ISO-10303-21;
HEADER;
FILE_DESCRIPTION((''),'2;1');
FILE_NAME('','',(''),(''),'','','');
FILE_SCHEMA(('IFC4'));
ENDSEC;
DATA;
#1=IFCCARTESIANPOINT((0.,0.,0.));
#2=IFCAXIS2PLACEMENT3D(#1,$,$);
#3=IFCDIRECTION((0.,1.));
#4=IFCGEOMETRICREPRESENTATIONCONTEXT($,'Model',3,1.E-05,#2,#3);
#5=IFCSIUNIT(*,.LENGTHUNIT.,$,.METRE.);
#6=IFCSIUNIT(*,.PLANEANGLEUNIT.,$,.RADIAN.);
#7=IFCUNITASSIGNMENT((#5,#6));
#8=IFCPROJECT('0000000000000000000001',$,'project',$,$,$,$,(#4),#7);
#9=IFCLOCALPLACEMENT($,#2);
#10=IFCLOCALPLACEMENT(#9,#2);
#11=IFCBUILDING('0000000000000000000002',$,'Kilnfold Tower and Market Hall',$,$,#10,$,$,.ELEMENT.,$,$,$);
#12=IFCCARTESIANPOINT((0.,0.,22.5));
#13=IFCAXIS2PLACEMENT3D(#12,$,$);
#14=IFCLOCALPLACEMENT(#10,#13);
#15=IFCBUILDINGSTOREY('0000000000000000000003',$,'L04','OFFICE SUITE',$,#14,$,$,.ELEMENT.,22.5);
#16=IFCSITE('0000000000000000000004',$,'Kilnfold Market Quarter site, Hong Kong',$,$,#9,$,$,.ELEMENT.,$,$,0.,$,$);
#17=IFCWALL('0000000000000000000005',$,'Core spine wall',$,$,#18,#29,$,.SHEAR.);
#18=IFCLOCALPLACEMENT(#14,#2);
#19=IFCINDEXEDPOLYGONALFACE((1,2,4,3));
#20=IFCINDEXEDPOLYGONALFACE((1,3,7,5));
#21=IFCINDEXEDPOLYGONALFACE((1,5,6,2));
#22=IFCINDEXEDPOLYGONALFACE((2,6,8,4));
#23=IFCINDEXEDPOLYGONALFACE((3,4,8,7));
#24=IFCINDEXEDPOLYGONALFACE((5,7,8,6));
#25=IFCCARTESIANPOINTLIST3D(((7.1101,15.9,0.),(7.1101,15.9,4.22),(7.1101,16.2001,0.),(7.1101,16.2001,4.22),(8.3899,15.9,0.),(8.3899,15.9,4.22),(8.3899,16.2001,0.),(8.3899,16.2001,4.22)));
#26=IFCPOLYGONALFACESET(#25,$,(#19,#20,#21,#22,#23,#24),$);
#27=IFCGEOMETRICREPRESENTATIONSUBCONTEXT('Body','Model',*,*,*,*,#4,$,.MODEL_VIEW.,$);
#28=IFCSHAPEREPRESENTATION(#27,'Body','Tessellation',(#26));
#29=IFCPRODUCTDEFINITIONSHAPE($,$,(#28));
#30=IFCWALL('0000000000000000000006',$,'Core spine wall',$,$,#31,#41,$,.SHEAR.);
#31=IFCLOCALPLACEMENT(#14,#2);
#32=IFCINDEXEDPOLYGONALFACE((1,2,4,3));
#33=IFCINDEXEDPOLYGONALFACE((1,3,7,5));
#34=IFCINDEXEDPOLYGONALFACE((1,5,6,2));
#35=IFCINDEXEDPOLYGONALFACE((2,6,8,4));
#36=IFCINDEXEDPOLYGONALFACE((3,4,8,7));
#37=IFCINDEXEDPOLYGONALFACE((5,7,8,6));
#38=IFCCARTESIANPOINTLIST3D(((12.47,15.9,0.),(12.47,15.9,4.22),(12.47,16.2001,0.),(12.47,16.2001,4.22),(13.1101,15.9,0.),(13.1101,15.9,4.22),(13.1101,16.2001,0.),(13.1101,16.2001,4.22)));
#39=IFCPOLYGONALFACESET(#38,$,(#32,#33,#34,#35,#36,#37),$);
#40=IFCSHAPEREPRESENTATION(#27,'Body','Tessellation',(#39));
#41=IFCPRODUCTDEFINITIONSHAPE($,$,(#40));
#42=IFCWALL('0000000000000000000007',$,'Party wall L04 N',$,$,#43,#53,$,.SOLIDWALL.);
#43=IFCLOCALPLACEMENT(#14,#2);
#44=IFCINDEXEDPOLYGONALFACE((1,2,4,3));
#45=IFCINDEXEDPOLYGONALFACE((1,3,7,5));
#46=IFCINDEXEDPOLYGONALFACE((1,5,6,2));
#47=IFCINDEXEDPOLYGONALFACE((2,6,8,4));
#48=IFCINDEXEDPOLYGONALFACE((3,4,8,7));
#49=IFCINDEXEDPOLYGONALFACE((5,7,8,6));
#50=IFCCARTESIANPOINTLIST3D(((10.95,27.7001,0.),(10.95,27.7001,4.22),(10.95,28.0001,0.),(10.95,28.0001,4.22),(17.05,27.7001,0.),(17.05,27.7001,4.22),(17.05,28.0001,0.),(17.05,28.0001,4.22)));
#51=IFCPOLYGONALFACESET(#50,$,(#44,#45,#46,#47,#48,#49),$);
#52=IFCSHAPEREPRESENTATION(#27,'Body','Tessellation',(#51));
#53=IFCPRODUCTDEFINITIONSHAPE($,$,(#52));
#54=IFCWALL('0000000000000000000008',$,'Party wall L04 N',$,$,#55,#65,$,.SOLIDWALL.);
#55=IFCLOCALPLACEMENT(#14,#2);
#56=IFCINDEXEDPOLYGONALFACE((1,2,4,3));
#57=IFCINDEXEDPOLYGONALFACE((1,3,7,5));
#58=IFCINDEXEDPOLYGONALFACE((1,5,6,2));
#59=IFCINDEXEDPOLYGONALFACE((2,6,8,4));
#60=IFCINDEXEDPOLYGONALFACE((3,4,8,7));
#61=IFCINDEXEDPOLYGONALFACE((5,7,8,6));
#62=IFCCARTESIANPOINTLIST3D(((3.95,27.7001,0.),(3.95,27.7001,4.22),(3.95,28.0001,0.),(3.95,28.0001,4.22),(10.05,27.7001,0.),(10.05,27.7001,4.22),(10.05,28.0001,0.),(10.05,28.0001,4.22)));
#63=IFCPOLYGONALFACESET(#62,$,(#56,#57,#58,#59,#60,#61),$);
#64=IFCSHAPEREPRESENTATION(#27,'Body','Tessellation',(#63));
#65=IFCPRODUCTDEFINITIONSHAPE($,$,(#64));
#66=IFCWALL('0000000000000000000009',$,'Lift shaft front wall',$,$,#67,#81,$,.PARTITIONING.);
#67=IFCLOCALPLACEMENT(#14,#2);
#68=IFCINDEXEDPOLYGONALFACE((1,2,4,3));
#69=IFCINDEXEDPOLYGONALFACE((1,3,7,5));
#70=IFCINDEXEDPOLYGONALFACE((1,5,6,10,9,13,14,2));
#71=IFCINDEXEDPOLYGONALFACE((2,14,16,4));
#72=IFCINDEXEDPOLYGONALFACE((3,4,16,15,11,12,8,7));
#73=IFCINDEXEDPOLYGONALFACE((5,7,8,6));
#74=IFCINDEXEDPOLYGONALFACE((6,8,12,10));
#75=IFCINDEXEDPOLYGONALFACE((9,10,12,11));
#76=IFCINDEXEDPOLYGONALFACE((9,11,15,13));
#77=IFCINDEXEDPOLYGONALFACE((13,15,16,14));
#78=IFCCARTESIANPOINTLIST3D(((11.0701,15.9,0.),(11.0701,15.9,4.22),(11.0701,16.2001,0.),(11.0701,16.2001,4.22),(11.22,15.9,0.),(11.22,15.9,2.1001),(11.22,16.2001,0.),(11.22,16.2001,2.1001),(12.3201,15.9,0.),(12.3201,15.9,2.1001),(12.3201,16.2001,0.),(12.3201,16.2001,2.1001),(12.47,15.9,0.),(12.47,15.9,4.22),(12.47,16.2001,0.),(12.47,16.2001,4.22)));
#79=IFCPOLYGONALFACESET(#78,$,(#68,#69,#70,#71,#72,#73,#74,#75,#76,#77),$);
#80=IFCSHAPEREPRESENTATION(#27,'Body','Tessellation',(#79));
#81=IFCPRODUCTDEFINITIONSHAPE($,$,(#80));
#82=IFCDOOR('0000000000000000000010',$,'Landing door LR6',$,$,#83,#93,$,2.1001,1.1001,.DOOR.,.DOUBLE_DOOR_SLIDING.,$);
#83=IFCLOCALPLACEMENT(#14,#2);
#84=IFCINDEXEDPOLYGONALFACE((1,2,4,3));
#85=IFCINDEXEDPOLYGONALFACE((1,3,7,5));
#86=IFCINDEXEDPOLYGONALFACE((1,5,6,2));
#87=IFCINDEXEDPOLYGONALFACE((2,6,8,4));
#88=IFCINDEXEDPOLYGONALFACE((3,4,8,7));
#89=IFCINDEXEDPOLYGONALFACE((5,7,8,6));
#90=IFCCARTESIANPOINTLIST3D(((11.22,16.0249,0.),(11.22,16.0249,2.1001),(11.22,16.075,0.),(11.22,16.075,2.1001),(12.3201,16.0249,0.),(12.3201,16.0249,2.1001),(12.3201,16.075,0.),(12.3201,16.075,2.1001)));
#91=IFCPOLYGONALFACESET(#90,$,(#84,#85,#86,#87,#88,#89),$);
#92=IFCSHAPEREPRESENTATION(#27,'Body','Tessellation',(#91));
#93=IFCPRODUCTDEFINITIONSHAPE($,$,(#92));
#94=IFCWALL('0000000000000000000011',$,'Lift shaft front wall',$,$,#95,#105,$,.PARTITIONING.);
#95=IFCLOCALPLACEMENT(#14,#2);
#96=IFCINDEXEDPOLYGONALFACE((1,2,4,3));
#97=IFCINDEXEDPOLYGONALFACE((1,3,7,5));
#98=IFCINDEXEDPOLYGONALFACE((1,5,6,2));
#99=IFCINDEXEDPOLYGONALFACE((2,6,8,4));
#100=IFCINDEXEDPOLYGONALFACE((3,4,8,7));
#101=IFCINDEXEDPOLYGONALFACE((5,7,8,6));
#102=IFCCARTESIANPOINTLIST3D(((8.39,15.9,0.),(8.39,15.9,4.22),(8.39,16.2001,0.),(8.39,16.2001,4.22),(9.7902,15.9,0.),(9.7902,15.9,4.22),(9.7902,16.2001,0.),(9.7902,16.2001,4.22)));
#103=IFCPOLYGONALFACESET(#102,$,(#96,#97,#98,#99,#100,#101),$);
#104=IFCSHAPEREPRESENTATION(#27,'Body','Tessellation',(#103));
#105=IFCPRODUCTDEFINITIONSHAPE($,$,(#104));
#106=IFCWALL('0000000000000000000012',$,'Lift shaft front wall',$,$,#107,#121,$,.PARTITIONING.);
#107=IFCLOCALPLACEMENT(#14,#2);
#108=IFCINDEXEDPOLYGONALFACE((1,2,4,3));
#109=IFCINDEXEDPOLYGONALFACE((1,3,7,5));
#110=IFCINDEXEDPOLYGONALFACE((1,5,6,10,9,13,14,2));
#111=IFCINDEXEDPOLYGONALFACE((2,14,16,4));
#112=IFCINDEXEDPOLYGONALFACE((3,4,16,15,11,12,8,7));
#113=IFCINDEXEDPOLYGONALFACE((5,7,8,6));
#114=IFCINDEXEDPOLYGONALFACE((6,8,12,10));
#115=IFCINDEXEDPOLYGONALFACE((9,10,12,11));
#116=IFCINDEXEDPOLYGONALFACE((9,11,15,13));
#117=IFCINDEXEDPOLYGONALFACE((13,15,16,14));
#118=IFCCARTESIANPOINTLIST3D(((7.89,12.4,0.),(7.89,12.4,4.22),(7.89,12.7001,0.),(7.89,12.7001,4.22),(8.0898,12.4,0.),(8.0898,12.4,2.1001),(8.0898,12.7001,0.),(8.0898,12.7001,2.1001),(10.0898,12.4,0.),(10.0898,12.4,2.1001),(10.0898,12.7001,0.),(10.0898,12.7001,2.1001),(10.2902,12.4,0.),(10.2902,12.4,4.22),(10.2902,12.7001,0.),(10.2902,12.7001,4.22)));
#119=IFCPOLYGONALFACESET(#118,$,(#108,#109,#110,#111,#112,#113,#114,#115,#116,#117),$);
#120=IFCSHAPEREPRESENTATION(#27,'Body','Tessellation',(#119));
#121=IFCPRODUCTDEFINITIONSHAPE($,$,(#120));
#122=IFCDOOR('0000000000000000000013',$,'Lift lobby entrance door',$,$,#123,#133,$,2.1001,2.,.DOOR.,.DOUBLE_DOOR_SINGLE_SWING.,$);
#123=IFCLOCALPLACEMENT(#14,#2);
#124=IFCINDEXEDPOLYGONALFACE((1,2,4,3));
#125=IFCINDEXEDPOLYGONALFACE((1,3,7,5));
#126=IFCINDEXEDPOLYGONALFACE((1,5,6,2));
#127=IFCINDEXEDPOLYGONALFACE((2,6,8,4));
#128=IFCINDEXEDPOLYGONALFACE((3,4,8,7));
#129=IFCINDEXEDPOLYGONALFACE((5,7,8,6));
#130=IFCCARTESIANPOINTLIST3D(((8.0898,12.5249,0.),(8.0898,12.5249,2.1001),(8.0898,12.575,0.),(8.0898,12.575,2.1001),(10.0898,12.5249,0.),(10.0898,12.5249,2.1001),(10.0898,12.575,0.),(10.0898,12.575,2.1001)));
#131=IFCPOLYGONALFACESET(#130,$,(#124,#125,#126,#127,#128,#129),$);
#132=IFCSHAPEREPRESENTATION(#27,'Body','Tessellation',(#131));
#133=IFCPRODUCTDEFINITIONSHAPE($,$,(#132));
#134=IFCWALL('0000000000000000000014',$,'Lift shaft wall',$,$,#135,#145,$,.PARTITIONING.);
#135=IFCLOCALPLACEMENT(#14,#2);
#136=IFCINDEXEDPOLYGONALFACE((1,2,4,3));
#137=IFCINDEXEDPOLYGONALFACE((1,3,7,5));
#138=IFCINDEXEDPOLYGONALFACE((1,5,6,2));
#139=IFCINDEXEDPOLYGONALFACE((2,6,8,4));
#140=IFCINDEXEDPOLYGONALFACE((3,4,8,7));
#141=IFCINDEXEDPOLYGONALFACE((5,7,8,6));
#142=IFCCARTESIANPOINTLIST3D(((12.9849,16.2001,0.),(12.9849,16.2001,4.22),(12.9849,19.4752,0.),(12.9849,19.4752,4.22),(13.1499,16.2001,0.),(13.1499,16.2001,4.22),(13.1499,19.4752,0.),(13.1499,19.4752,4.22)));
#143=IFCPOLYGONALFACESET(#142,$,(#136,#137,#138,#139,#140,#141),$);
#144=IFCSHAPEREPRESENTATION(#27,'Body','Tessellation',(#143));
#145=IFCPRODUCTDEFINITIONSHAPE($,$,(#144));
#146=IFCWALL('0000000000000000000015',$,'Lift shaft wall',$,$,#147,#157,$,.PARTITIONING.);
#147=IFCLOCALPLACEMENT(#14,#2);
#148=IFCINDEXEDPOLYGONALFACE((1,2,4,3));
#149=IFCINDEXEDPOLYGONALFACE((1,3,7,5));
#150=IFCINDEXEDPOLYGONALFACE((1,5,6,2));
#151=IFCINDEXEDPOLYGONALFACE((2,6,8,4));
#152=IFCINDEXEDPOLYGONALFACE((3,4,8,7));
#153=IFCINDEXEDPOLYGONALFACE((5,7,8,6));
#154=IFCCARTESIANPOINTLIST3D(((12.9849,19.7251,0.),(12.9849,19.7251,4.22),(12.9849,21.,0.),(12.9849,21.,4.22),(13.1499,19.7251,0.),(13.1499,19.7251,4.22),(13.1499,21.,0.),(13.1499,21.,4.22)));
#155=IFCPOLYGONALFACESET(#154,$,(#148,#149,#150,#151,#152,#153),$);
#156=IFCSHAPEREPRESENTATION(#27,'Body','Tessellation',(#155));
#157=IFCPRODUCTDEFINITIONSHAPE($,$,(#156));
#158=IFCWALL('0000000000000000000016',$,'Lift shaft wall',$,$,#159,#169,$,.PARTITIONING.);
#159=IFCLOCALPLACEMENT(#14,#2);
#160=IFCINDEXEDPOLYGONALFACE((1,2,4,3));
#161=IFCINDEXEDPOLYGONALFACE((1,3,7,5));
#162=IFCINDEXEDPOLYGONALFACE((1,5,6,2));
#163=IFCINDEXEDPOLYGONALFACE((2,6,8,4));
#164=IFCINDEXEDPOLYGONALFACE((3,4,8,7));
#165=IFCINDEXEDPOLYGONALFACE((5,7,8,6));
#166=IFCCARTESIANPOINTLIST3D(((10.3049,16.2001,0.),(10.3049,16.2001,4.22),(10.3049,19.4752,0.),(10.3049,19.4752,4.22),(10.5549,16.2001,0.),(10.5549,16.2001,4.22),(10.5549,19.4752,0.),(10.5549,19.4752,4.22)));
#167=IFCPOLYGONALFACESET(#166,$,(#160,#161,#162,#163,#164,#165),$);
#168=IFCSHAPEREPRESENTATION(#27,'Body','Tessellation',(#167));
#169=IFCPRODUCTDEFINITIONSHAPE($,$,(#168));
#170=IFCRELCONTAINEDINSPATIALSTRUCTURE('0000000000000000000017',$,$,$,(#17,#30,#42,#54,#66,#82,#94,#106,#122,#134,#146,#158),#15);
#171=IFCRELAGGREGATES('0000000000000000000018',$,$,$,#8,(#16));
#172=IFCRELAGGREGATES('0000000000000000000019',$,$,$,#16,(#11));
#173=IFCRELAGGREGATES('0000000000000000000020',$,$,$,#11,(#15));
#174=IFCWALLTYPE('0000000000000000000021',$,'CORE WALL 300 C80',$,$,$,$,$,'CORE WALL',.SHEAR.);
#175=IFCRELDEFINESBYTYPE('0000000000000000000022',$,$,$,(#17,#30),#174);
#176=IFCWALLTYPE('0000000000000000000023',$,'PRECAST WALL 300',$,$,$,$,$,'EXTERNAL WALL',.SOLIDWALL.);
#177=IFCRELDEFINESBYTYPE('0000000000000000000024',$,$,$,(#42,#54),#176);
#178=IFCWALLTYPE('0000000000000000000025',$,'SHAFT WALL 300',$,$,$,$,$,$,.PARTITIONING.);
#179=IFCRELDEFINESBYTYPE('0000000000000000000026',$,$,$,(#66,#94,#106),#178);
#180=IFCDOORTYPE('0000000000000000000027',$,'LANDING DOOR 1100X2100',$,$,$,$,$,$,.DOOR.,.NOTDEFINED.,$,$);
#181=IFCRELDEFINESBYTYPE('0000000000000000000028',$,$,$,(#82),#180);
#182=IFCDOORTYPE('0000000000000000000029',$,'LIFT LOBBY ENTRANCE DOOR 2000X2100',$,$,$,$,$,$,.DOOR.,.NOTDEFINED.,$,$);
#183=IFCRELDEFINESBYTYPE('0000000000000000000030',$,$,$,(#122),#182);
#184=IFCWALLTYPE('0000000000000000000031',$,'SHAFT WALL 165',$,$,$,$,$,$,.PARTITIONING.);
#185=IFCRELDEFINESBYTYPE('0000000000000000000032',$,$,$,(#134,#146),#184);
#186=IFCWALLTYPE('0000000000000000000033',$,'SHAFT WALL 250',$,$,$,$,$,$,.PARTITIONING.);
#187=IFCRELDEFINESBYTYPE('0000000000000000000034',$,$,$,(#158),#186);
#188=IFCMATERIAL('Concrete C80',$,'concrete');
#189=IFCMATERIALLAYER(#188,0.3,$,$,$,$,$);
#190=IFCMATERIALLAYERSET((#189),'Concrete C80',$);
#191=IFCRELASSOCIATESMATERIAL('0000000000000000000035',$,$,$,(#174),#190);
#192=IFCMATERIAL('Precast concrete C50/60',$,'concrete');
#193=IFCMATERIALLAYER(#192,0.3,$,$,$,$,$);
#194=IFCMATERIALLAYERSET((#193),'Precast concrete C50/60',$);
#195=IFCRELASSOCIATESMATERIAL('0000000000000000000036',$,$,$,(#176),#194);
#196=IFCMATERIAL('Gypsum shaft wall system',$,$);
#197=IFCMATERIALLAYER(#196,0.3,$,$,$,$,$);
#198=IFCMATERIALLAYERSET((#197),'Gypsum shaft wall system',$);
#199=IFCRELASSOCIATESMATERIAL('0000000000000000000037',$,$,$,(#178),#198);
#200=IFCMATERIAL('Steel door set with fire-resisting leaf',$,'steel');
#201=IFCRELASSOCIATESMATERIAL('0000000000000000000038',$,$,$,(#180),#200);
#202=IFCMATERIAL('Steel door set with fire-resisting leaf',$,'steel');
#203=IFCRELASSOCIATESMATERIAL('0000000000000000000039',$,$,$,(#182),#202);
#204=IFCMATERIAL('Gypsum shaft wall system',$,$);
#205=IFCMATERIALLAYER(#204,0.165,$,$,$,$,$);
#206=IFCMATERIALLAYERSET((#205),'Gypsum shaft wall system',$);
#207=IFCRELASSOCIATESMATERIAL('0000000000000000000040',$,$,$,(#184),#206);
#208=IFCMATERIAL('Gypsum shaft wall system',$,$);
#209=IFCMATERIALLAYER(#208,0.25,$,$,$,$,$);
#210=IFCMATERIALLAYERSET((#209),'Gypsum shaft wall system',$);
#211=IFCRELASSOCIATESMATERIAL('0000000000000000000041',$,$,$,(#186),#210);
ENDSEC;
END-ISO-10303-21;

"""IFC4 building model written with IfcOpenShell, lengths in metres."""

from ifc_helpers import new_model, si_unit, direction, frame, frame_2d, origin, place, context, subcontext, project, spatial, rectangle, extrude, source, transform, mapped, material, layer, layer_set, type_object, element, fill, save


model = new_model("IFC4")

# Units and contexts
model_context = context("Model", 3, precision=1e-05, world=origin(), true_north=direction((0.0, 1.0)))
body_context = subcontext(model_context, "Body", "Model", "MODEL_VIEW")
ifc_project = project(units=[si_unit("LENGTHUNIT", "METRE"), si_unit("PLANEANGLEUNIT", "RADIAN")], contexts=[model_context])

# Site, building, storey
site_placement = place(None, origin())
site = spatial("IfcSite", under=ifc_project, at=site_placement, Name="Kilnfold Market Quarter site, Hong Kong", CompositionType="ELEMENT", RefElevation=0.0)
building_placement = place(site_placement, origin())
building = spatial("IfcBuilding", under=site, at=building_placement, Name="Kilnfold Tower and Market Hall", CompositionType="ELEMENT")
storey_placement = place(building_placement, frame((0.0, 0.0, 22.5)))
storey = spatial("IfcBuildingStorey", under=building, at=storey_placement, Name="L04", Description="OFFICE SUITE", CompositionType="ELEMENT", Elevation=22.5)

# Walls
ifc_material_1 = material(Name="Concrete C80", Category="concrete")
ifc_layer_1 = layer(ifc_material_1, 0.3)
ifc_layer_set_1 = layer_set([ifc_layer_1], Name="Concrete C80")
wall_type_1 = type_object("IfcWallType", Name="CORE WALL 300 C80", ElementType="CORE WALL", PredefinedType="SHEAR", material=ifc_layer_set_1)
shared_shape_1 = source(origin(), body_context, "Body", "SweptSolid", [
    extrude(rectangle(XDim=1.2798, YDim=0.3, at=frame_2d((0.6399, 0.0))), origin(), (0.0, 0.0, 1.0), 4.22),
])
wall_1_placement = place(storey_placement, frame((7.1101, 16.05, 0.0), z_axis=(0.0, 0.0, 1.0), x_axis=(1.0, 0.0, 0.0)))
element("IfcWall", 1, at=wall_1_placement, inside=storey, type_object=wall_type_1, Name="Core spine wall", PredefinedType="SHEAR", context=body_context, shape_type="MappedRepresentation", body=[
    mapped(shared_shape_1, transform((0.0, 0.0, 0.0))),
])
shared_shape_2 = source(origin(), body_context, "Body", "SweptSolid", [
    extrude(rectangle(XDim=0.6401, YDim=0.3, at=frame_2d((0.3201, 0.0))), origin(), (0.0, 0.0, 1.0), 4.22),
])
wall_2_placement = place(storey_placement, frame((12.47, 16.05, 0.0), z_axis=(0.0, 0.0, 1.0), x_axis=(1.0, 0.0, 0.0)))
element("IfcWall", 2, at=wall_2_placement, inside=storey, type_object=wall_type_1, Name="Core spine wall", PredefinedType="SHEAR", context=body_context, shape_type="MappedRepresentation", body=[
    mapped(shared_shape_2, transform((0.0, 0.0, 0.0))),
])
ifc_material_2 = material(Name="Precast concrete C50/60", Category="concrete")
ifc_layer_2 = layer(ifc_material_2, 0.3)
ifc_layer_set_2 = layer_set([ifc_layer_2], Name="Precast concrete C50/60")
wall_type_2 = type_object("IfcWallType", Name="PRECAST WALL 300", ElementType="EXTERNAL WALL", PredefinedType="SOLIDWALL", material=ifc_layer_set_2)
shared_shape_3 = source(origin(), body_context, "Body", "SweptSolid", [
    extrude(rectangle(XDim=6.1001, YDim=0.3, at=frame_2d((3.05, 0.0))), origin(), (0.0, 0.0, 1.0), 4.22),
])
for number, where, z_axis, x_axis, name in (
    (3, (17.05, 27.8501, 0.0), (0.0, 0.0, 1.0), (-1.0, 0.0, 0.0), "Party wall L04 N"),
    (4, (10.05, 27.8501, 0.0), (0.0, 0.0, 1.0), (-1.0, 0.0, 0.0), "Party wall L04 N"),
):
    element("IfcWall", number, at=place(storey_placement, frame(where, z_axis=z_axis, x_axis=x_axis)), inside=storey, type_object=wall_type_2, Name=name, PredefinedType="SOLIDWALL", context=body_context, shape_type="MappedRepresentation", body=[
        mapped(shared_shape_3, transform((0.0, 0.0, 0.0))),
    ])

# Wall, opening, door
ifc_material_3 = material(Name="Gypsum shaft wall system")
ifc_layer_3 = layer(ifc_material_3, 0.3)
ifc_layer_set_3 = layer_set([ifc_layer_3], Name="Gypsum shaft wall system")
wall_type_3 = type_object("IfcWallType", Name="SHAFT WALL 300", PredefinedType="PARTITIONING", material=ifc_layer_set_3)
shared_shape_4 = source(origin(), body_context, "Body", "SweptSolid", [
    extrude(rectangle(XDim=1.3999, YDim=0.3, at=frame_2d((0.7, 0.0))), origin(), (0.0, 0.0, 1.0), 4.22),
])
wall_3_placement = place(storey_placement, frame((11.0701, 16.05, 0.0), z_axis=(0.0, 0.0, 1.0), x_axis=(1.0, 0.0, 0.0)))
wall_3 = element("IfcWall", 5, at=wall_3_placement, inside=storey, type_object=wall_type_3, Name="Lift shaft front wall", PredefinedType="PARTITIONING", context=body_context, shape_type="MappedRepresentation", body=[
    mapped(shared_shape_4, transform((0.0, 0.0, 0.0))),
])
opening_1_placement = place(wall_3_placement, frame((0.1499, 0.0, 0.0)))
opening_1 = element("IfcOpeningElement", 6, at=opening_1_placement, cuts=wall_3, PredefinedType="OPENING", context=body_context, shape_type="SweptSolid", body=[
    extrude(rectangle(XDim=1.1001, YDim=2.1001, at=frame_2d((0.55, 1.05))), frame((0.0, 0.1602, 0.0), z_axis=(0.0, -1.0, 0.0), x_axis=(1.0, 0.0, 0.0)), (0.0, 0.0, 1.0), 0.3201),
])
ifc_material_4 = material(Name="Steel door set with fire-resisting leaf", Category="steel")
door_type_1 = type_object("IfcDoorType", Name="LANDING DOOR 1100X2100", OperationType="NOTDEFINED", PredefinedType="DOOR", material=ifc_material_4)
door_1_placement = place(opening_1_placement, origin())
door_1 = element("IfcDoor", 7, at=door_1_placement, inside=storey, type_object=door_type_1, Name="Landing door LR6", OperationType="DOUBLE_DOOR_SLIDING", OverallHeight=2.1001, OverallWidth=1.1001, PredefinedType="DOOR", context=body_context, shape_type="SweptSolid", body=[
    extrude(rectangle(XDim=1.1001, YDim=2.1001, at=frame_2d((0.55, 1.05))), frame((0.0, 0.0249, 0.0), z_axis=(0.0, -1.0, 0.0), x_axis=(1.0, 0.0, 0.0)), (0.0, 0.0, 1.0), 0.05),
])
fill(opening_1, door_1)

# Wall
shared_shape_5 = source(origin(), body_context, "Body", "SweptSolid", [
    extrude(rectangle(XDim=1.4001, YDim=0.3, at=frame_2d((0.7002, 0.0))), origin(), (0.0, 0.0, 1.0), 4.22),
])
wall_4_placement = place(storey_placement, frame((8.3899, 16.05, 0.0), z_axis=(0.0, 0.0, 1.0), x_axis=(1.0, 0.0, 0.0)))
element("IfcWall", 8, at=wall_4_placement, inside=storey, type_object=wall_type_3, Name="Lift shaft front wall", PredefinedType="PARTITIONING", context=body_context, shape_type="MappedRepresentation", body=[
    mapped(shared_shape_5, transform((0.0, 0.0, 0.0))),
])

# Wall, opening, door
shared_shape_6 = source(origin(), body_context, "Body", "SweptSolid", [
    extrude(rectangle(XDim=2.4001, YDim=0.3, at=frame_2d((1.2002, 0.0))), origin(), (0.0, 0.0, 1.0), 4.22),
])
wall_5_placement = place(storey_placement, frame((7.8899, 12.55, 0.0), z_axis=(0.0, 0.0, 1.0), x_axis=(1.0, 0.0, 0.0)))
wall_5 = element("IfcWall", 9, at=wall_5_placement, inside=storey, type_object=wall_type_3, Name="Lift shaft front wall", PredefinedType="PARTITIONING", context=body_context, shape_type="MappedRepresentation", body=[
    mapped(shared_shape_6, transform((0.0, 0.0, 0.0))),
])
opening_2_placement = place(wall_5_placement, frame((0.2, 0.0, 0.0)))
opening_2 = element("IfcOpeningElement", 10, at=opening_2_placement, cuts=wall_5, PredefinedType="OPENING", context=body_context, shape_type="SweptSolid", body=[
    extrude(rectangle(XDim=2.0, YDim=2.1001, at=frame_2d((1.0, 1.05))), frame((0.0, 0.1602, 0.0), z_axis=(0.0, -1.0, 0.0), x_axis=(1.0, 0.0, 0.0)), (0.0, 0.0, 1.0), 0.3201),
])
ifc_material_5 = material(Name="Steel door set with fire-resisting leaf", Category="steel")
door_type_2 = type_object("IfcDoorType", Name="LIFT LOBBY ENTRANCE DOOR 2000X2100", OperationType="NOTDEFINED", PredefinedType="DOOR", material=ifc_material_5)
door_2_placement = place(opening_2_placement, origin())
door_2 = element("IfcDoor", 11, at=door_2_placement, inside=storey, type_object=door_type_2, Name="Lift lobby entrance door", OperationType="DOUBLE_DOOR_SINGLE_SWING", OverallHeight=2.1001, OverallWidth=2.0, PredefinedType="DOOR", context=body_context, shape_type="SweptSolid", body=[
    extrude(rectangle(XDim=2.0, YDim=2.1001, at=frame_2d((1.0, 1.05))), frame((0.0, 0.0249, 0.0), z_axis=(0.0, -1.0, 0.0), x_axis=(1.0, 0.0, 0.0)), (0.0, 0.0, 1.0), 0.05),
])
fill(opening_2, door_2)

# Walls
ifc_material_6 = material(Name="Gypsum shaft wall system")
ifc_layer_4 = layer(ifc_material_6, 0.165)
ifc_layer_set_4 = layer_set([ifc_layer_4], Name="Gypsum shaft wall system")
wall_type_4 = type_object("IfcWallType", Name="SHAFT WALL 165", PredefinedType="PARTITIONING", material=ifc_layer_set_4)
shared_shape_7 = source(origin(), body_context, "Body", "SweptSolid", [
    extrude(rectangle(XDim=3.2751, YDim=0.165, at=frame_2d((1.6377, 0.0))), origin(), (0.0, 0.0, 1.0), 4.22),
])
wall_6_placement = place(storey_placement, frame((13.0674, 16.2, 0.0), z_axis=(0.0, 0.0, 1.0), x_axis=(0.0, 1.0, 0.0)))
element("IfcWall", 12, at=wall_6_placement, inside=storey, type_object=wall_type_4, Name="Lift shaft wall", PredefinedType="PARTITIONING", context=body_context, shape_type="MappedRepresentation", body=[
    mapped(shared_shape_7, transform((0.0, 0.0, 0.0))),
])
shared_shape_8 = source(origin(), body_context, "Body", "SweptSolid", [
    extrude(rectangle(XDim=1.2749, YDim=0.165, at=frame_2d((0.6375, 0.0))), origin(), (0.0, 0.0, 1.0), 4.22),
])
wall_7_placement = place(storey_placement, frame((13.0674, 19.7251, 0.0), z_axis=(0.0, 0.0, 1.0), x_axis=(0.0, 1.0, 0.0)))
element("IfcWall", 13, at=wall_7_placement, inside=storey, type_object=wall_type_4, Name="Lift shaft wall", PredefinedType="PARTITIONING", context=body_context, shape_type="MappedRepresentation", body=[
    mapped(shared_shape_8, transform((0.0, 0.0, 0.0))),
])
ifc_material_7 = material(Name="Gypsum shaft wall system")
ifc_layer_5 = layer(ifc_material_7, 0.25)
ifc_layer_set_5 = layer_set([ifc_layer_5], Name="Gypsum shaft wall system")
wall_type_5 = type_object("IfcWallType", Name="SHAFT WALL 250", PredefinedType="PARTITIONING", material=ifc_layer_set_5)
shared_shape_9 = source(origin(), body_context, "Body", "SweptSolid", [
    extrude(rectangle(XDim=3.2751, YDim=0.25, at=frame_2d((1.6377, 0.0))), origin(), (0.0, 0.0, 1.0), 4.22),
])
for number, where, z_axis, x_axis, name in (
    (14, (10.4299, 16.2, 0.0), (0.0, 0.0, 1.0), (0.0, 1.0, 0.0), "Lift shaft wall"),
):
    element("IfcWall", number, at=place(storey_placement, frame(where, z_axis=z_axis, x_axis=x_axis)), inside=storey, type_object=wall_type_5, Name=name, PredefinedType="PARTITIONING", context=body_context, shape_type="MappedRepresentation", body=[
        mapped(shared_shape_9, transform((0.0, 0.0, 0.0))),
    ])

save(model, "model.ifc")
